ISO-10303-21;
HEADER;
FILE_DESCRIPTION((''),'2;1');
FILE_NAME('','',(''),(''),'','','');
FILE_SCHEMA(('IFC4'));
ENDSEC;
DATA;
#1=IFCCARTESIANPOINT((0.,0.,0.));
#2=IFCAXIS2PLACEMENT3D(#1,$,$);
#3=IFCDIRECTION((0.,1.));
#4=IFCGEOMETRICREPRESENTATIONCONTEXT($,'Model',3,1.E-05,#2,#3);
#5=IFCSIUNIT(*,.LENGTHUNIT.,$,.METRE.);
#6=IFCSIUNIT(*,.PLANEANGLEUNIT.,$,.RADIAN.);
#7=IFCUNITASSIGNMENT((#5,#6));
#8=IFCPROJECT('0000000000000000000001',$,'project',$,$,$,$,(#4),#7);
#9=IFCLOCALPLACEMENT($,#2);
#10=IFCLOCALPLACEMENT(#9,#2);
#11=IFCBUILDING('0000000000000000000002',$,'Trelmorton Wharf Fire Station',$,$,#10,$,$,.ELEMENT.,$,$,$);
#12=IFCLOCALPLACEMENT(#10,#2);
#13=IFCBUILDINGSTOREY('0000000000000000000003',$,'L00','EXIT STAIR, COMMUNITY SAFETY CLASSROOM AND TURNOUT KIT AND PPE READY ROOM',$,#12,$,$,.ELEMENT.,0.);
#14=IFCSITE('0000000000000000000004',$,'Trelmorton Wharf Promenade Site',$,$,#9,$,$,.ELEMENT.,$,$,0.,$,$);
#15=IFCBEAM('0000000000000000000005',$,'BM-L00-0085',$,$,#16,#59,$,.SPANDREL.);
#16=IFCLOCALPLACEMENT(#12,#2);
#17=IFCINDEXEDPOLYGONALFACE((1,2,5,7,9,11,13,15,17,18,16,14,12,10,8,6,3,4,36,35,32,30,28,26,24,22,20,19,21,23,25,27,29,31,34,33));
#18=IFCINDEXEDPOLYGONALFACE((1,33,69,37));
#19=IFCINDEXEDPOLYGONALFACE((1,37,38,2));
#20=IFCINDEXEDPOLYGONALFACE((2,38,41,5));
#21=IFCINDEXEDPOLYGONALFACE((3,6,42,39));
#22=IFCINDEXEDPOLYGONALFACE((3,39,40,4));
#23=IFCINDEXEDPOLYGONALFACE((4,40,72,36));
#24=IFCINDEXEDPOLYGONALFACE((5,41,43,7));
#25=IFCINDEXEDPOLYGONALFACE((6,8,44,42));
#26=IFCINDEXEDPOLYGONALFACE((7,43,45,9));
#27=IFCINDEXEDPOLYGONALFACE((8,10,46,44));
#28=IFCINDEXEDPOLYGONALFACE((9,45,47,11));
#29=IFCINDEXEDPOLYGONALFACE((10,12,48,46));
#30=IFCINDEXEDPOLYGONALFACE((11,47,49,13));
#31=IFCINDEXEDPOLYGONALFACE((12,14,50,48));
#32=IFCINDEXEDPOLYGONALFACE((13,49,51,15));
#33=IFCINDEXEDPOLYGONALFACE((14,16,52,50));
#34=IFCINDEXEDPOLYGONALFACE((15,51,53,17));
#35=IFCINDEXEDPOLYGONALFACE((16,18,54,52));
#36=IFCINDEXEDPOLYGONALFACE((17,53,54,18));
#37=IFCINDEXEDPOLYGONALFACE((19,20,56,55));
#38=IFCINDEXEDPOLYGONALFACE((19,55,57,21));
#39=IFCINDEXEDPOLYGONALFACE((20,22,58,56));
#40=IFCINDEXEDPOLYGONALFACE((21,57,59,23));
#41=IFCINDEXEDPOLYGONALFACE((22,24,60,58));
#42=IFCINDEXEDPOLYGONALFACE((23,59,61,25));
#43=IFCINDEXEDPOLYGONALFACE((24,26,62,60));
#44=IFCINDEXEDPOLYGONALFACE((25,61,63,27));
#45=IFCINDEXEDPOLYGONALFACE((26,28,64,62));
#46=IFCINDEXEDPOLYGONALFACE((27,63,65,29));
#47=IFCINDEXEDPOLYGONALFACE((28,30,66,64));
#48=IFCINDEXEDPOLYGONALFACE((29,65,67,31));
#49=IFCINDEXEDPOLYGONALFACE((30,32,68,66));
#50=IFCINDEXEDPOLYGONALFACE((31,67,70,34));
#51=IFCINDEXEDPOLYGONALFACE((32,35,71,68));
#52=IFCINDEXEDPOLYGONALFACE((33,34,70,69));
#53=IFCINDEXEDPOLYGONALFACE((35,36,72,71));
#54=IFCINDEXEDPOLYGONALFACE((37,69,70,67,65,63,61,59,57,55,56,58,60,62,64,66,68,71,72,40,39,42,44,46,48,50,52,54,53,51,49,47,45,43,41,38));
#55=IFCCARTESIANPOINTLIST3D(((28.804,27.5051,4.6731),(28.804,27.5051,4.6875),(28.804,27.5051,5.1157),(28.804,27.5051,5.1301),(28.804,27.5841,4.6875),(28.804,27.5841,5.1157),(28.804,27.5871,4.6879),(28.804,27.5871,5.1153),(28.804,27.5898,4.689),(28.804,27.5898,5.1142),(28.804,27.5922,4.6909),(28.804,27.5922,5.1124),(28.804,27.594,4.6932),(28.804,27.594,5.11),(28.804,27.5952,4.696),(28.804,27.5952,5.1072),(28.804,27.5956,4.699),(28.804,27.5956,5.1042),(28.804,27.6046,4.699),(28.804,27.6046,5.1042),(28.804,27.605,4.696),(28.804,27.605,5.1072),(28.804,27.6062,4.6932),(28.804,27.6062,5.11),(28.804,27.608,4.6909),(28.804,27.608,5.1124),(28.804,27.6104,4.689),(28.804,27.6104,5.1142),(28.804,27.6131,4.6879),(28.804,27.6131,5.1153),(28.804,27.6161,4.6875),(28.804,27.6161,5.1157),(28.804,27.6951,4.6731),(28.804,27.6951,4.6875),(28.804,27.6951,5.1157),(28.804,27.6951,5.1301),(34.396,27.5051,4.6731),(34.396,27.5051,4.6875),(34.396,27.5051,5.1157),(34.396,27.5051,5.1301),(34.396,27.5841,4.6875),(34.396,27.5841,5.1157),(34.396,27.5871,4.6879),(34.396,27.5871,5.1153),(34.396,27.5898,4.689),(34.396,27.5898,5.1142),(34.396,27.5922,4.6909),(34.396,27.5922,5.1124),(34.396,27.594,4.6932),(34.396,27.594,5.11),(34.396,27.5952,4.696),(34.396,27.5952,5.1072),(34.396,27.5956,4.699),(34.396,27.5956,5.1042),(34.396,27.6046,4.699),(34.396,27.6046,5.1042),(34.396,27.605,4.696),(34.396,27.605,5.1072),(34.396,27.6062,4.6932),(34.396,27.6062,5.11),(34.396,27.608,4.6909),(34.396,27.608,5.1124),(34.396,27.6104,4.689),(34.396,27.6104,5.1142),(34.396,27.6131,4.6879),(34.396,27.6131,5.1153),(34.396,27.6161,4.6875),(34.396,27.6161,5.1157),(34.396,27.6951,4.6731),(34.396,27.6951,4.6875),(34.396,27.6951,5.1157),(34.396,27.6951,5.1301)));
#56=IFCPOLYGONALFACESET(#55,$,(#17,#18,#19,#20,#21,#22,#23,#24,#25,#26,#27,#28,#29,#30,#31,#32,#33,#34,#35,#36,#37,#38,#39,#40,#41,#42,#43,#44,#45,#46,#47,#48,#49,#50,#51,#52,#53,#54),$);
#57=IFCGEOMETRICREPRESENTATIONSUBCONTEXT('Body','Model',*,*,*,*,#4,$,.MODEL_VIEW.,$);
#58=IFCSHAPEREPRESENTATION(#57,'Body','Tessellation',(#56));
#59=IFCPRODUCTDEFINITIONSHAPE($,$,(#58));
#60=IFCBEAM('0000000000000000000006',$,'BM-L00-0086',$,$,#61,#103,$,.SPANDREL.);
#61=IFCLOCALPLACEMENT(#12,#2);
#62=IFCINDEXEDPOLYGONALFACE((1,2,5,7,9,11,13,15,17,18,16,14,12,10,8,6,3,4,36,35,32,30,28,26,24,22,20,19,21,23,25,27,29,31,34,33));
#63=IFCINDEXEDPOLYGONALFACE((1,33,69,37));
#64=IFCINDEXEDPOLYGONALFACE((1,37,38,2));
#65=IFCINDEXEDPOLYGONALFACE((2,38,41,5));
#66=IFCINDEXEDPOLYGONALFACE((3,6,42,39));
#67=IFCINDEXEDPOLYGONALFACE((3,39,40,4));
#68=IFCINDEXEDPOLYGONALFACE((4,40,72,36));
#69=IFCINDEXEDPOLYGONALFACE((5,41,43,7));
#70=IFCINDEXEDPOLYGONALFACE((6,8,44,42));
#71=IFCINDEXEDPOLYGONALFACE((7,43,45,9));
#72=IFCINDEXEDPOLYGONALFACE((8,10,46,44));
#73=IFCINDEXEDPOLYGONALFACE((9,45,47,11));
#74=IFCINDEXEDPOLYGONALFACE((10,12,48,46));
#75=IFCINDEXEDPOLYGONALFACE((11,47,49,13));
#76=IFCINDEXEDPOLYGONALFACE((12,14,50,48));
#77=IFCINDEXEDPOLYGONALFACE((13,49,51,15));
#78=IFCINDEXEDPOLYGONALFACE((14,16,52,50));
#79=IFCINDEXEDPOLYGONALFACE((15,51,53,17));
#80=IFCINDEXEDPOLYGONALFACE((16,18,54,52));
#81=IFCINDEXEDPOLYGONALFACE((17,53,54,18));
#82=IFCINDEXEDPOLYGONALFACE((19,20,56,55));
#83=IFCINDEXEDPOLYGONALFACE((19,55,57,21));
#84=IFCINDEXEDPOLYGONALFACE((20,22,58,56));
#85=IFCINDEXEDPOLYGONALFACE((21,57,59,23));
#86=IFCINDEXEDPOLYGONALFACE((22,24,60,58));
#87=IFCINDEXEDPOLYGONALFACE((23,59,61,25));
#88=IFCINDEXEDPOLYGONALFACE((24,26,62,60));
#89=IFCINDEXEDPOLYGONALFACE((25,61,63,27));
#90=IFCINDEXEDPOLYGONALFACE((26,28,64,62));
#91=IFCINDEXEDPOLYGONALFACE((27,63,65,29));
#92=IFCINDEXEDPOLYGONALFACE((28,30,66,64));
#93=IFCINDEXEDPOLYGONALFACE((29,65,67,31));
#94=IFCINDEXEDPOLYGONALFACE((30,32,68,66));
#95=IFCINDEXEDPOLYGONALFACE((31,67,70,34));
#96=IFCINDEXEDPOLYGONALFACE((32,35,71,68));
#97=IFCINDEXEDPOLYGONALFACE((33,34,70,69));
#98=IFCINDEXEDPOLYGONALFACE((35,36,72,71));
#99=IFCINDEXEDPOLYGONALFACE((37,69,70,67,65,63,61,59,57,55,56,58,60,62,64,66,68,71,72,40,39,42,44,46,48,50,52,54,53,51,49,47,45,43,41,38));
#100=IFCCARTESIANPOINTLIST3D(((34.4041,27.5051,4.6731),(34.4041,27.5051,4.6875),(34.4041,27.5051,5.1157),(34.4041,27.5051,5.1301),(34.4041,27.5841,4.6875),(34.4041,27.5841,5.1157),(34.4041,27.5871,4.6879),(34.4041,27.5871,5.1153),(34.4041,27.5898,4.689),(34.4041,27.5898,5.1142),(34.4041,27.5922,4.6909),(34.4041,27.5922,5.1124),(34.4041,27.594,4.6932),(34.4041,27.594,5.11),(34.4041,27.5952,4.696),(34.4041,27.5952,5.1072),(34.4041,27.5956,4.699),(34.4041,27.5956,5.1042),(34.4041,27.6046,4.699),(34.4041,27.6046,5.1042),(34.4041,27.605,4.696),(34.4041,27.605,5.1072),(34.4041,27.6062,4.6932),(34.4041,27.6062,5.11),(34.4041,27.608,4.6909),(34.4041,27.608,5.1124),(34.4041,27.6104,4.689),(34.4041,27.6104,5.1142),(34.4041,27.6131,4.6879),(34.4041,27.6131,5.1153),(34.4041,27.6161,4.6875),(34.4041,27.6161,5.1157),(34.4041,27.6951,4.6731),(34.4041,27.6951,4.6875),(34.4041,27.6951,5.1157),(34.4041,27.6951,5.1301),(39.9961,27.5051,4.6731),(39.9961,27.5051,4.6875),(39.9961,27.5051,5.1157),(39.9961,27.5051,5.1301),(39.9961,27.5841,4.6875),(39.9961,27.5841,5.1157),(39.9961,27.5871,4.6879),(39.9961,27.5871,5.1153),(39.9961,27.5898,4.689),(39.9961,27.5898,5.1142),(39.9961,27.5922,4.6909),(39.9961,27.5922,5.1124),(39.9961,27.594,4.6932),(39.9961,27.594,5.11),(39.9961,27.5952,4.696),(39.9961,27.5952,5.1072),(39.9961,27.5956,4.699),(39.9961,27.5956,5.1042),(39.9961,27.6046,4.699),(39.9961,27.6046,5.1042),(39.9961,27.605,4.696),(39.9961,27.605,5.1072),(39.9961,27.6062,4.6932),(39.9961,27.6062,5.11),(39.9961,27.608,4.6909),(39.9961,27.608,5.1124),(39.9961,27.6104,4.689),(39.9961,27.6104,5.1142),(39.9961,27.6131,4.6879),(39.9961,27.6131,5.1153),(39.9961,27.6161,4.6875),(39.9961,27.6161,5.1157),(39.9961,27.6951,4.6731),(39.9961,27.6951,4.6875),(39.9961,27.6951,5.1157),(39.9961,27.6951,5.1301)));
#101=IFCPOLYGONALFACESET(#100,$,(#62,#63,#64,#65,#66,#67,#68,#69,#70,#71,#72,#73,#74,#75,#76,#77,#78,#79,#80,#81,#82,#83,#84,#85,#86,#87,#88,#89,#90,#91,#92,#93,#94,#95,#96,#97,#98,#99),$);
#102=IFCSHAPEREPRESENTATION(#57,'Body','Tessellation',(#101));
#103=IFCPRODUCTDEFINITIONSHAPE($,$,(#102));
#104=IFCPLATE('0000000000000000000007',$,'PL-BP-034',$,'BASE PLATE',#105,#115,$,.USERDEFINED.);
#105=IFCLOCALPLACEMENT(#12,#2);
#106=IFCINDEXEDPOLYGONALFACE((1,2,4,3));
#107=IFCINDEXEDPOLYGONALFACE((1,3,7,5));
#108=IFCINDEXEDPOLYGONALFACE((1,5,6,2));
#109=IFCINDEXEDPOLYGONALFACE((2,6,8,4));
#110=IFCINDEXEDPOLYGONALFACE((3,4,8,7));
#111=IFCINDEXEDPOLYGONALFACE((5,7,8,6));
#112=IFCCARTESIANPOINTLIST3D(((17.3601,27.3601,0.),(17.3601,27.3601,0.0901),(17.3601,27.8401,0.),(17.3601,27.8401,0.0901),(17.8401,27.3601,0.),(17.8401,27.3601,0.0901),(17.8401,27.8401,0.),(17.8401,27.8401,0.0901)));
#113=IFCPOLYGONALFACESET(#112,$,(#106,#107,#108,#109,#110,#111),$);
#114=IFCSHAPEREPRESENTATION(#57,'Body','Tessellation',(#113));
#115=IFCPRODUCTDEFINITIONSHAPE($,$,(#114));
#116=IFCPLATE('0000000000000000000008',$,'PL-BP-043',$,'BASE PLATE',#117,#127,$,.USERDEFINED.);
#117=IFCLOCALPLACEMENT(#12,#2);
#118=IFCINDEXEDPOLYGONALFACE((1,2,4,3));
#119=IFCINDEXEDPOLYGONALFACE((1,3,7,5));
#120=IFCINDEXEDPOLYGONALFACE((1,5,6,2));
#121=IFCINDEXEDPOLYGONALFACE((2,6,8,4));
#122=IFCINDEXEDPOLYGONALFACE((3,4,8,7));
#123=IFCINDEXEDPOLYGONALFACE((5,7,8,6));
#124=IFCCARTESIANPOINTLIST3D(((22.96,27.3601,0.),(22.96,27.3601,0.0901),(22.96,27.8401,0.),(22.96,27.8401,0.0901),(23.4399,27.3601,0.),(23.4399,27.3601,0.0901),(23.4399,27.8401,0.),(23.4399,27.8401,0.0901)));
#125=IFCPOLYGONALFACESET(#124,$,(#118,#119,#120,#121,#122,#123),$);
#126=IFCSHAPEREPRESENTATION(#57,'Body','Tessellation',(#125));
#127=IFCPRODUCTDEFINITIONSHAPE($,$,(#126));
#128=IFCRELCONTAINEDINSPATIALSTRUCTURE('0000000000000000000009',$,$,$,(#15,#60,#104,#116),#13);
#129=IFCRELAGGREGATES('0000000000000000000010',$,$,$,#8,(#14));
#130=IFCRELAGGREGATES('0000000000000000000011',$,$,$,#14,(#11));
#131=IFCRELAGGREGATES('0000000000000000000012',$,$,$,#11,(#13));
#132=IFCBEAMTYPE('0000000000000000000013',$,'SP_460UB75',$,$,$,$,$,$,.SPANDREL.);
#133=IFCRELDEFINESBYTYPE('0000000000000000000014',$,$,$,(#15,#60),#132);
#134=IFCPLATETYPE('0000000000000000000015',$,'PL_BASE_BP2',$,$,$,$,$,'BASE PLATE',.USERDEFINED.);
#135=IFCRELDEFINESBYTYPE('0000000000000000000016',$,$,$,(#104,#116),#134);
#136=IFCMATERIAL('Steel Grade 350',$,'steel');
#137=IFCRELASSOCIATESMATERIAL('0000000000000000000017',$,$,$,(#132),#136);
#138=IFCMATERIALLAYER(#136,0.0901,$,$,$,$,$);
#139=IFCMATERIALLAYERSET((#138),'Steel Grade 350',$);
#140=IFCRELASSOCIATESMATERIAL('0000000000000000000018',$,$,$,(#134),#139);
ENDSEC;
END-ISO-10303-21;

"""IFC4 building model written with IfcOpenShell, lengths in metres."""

from ifc_helpers import new_model, si_unit, direction, frame, origin, origin_2d, place, context, subcontext, project, spatial, rectangle, i_section, extrude, material, layer, layer_set, material_profile, profile_set, type_object, element, save


model = new_model("IFC4")

# Units and contexts
model_context = context("Model", 3, precision=1e-05, world=origin(), true_north=direction((0.0, 1.0)))
body_context = subcontext(model_context, "Body", "Model", "MODEL_VIEW")
ifc_project = project(units=[si_unit("LENGTHUNIT", "METRE"), si_unit("PLANEANGLEUNIT", "RADIAN")], contexts=[model_context])

# Site, building, storey
site_placement = place(None, origin())
site = spatial("IfcSite", under=ifc_project, at=site_placement, Name="Trelmorton Wharf Promenade Site", CompositionType="ELEMENT", RefElevation=0.0)
building_placement = place(site_placement, origin())
building = spatial("IfcBuilding", under=site, at=building_placement, Name="Trelmorton Wharf Fire Station", CompositionType="ELEMENT")
storey_placement = place(building_placement, origin())
storey = spatial("IfcBuildingStorey", under=building, at=storey_placement, Name="L00", Description="EXIT STAIR, COMMUNITY SAFETY CLASSROOM AND TURNOUT KIT AND PPE READY ROOM", CompositionType="ELEMENT", Elevation=0.0)

# Shared definitions
ifc_material_1 = material(Name="Steel Grade 350", Category="steel")

# Beams
ifc_material_profile_1 = material_profile(ifc_material_1, i_section(OverallWidth=0.1899, OverallDepth=0.457, WebThickness=0.009, FlangeThickness=0.0144, FilletRadius=0.0115, at=origin_2d()), Name="460UB74.6")
ifc_profile_set_1 = profile_set([ifc_material_profile_1], Name="Steel Grade 350")
beam_type_1 = type_object("IfcBeamType", Name="SP_460UB75", PredefinedType="SPANDREL", material=ifc_profile_set_1)
for number, where, z_axis, x_axis, name in (
    (1, (28.804, 27.6001, 4.9016), (1.0, 0.0, 0.0), (0.0, 1.0, 0.0), "BM-L00-0085"),
    (2, (34.4041, 27.6001, 4.9016), (1.0, 0.0, 0.0), (0.0, 1.0, 0.0), "BM-L00-0086"),
):
    element("IfcBeam", number, at=place(storey_placement, frame(where, z_axis=z_axis, x_axis=x_axis)), inside=storey, type_object=beam_type_1, Name=name, PredefinedType="SPANDREL", context=body_context, shape_type="SweptSolid", body=[
        extrude(i_section(OverallWidth=0.1899, OverallDepth=0.457, WebThickness=0.009, FlangeThickness=0.0144, FilletRadius=0.0115, at=origin_2d()), origin(), (0.0, 0.0, 1.0), 5.592),
    ])

# Plates
ifc_layer = layer(ifc_material_1, 0.0901)
ifc_layer_set = layer_set([ifc_layer], Name="Steel Grade 350")
plate_type = type_object("IfcPlateType", Name="PL_BASE_BP2", ElementType="BASE PLATE", PredefinedType="USERDEFINED", material=ifc_layer_set)
for number, where, z_axis, x_axis, name in (
    (3, (17.6001, 27.6001, 0.0), (0.0, 0.0, 1.0), (1.0, 0.0, 0.0), "PL-BP-034"),
    (4, (23.2, 27.6001, 0.0), (0.0, 0.0, 1.0), (1.0, 0.0, 0.0), "PL-BP-043"),
):
    element("IfcPlate", number, at=place(storey_placement, frame(where, z_axis=z_axis, x_axis=x_axis)), inside=storey, type_object=plate_type, Name=name, ObjectType="BASE PLATE", PredefinedType="USERDEFINED", context=body_context, shape_type="SweptSolid", body=[
        extrude(rectangle(XDim=0.48, YDim=0.48, at=origin_2d()), origin(), (0.0, 0.0, 1.0), 0.0901),
    ])

save(model, "model.ifc")
